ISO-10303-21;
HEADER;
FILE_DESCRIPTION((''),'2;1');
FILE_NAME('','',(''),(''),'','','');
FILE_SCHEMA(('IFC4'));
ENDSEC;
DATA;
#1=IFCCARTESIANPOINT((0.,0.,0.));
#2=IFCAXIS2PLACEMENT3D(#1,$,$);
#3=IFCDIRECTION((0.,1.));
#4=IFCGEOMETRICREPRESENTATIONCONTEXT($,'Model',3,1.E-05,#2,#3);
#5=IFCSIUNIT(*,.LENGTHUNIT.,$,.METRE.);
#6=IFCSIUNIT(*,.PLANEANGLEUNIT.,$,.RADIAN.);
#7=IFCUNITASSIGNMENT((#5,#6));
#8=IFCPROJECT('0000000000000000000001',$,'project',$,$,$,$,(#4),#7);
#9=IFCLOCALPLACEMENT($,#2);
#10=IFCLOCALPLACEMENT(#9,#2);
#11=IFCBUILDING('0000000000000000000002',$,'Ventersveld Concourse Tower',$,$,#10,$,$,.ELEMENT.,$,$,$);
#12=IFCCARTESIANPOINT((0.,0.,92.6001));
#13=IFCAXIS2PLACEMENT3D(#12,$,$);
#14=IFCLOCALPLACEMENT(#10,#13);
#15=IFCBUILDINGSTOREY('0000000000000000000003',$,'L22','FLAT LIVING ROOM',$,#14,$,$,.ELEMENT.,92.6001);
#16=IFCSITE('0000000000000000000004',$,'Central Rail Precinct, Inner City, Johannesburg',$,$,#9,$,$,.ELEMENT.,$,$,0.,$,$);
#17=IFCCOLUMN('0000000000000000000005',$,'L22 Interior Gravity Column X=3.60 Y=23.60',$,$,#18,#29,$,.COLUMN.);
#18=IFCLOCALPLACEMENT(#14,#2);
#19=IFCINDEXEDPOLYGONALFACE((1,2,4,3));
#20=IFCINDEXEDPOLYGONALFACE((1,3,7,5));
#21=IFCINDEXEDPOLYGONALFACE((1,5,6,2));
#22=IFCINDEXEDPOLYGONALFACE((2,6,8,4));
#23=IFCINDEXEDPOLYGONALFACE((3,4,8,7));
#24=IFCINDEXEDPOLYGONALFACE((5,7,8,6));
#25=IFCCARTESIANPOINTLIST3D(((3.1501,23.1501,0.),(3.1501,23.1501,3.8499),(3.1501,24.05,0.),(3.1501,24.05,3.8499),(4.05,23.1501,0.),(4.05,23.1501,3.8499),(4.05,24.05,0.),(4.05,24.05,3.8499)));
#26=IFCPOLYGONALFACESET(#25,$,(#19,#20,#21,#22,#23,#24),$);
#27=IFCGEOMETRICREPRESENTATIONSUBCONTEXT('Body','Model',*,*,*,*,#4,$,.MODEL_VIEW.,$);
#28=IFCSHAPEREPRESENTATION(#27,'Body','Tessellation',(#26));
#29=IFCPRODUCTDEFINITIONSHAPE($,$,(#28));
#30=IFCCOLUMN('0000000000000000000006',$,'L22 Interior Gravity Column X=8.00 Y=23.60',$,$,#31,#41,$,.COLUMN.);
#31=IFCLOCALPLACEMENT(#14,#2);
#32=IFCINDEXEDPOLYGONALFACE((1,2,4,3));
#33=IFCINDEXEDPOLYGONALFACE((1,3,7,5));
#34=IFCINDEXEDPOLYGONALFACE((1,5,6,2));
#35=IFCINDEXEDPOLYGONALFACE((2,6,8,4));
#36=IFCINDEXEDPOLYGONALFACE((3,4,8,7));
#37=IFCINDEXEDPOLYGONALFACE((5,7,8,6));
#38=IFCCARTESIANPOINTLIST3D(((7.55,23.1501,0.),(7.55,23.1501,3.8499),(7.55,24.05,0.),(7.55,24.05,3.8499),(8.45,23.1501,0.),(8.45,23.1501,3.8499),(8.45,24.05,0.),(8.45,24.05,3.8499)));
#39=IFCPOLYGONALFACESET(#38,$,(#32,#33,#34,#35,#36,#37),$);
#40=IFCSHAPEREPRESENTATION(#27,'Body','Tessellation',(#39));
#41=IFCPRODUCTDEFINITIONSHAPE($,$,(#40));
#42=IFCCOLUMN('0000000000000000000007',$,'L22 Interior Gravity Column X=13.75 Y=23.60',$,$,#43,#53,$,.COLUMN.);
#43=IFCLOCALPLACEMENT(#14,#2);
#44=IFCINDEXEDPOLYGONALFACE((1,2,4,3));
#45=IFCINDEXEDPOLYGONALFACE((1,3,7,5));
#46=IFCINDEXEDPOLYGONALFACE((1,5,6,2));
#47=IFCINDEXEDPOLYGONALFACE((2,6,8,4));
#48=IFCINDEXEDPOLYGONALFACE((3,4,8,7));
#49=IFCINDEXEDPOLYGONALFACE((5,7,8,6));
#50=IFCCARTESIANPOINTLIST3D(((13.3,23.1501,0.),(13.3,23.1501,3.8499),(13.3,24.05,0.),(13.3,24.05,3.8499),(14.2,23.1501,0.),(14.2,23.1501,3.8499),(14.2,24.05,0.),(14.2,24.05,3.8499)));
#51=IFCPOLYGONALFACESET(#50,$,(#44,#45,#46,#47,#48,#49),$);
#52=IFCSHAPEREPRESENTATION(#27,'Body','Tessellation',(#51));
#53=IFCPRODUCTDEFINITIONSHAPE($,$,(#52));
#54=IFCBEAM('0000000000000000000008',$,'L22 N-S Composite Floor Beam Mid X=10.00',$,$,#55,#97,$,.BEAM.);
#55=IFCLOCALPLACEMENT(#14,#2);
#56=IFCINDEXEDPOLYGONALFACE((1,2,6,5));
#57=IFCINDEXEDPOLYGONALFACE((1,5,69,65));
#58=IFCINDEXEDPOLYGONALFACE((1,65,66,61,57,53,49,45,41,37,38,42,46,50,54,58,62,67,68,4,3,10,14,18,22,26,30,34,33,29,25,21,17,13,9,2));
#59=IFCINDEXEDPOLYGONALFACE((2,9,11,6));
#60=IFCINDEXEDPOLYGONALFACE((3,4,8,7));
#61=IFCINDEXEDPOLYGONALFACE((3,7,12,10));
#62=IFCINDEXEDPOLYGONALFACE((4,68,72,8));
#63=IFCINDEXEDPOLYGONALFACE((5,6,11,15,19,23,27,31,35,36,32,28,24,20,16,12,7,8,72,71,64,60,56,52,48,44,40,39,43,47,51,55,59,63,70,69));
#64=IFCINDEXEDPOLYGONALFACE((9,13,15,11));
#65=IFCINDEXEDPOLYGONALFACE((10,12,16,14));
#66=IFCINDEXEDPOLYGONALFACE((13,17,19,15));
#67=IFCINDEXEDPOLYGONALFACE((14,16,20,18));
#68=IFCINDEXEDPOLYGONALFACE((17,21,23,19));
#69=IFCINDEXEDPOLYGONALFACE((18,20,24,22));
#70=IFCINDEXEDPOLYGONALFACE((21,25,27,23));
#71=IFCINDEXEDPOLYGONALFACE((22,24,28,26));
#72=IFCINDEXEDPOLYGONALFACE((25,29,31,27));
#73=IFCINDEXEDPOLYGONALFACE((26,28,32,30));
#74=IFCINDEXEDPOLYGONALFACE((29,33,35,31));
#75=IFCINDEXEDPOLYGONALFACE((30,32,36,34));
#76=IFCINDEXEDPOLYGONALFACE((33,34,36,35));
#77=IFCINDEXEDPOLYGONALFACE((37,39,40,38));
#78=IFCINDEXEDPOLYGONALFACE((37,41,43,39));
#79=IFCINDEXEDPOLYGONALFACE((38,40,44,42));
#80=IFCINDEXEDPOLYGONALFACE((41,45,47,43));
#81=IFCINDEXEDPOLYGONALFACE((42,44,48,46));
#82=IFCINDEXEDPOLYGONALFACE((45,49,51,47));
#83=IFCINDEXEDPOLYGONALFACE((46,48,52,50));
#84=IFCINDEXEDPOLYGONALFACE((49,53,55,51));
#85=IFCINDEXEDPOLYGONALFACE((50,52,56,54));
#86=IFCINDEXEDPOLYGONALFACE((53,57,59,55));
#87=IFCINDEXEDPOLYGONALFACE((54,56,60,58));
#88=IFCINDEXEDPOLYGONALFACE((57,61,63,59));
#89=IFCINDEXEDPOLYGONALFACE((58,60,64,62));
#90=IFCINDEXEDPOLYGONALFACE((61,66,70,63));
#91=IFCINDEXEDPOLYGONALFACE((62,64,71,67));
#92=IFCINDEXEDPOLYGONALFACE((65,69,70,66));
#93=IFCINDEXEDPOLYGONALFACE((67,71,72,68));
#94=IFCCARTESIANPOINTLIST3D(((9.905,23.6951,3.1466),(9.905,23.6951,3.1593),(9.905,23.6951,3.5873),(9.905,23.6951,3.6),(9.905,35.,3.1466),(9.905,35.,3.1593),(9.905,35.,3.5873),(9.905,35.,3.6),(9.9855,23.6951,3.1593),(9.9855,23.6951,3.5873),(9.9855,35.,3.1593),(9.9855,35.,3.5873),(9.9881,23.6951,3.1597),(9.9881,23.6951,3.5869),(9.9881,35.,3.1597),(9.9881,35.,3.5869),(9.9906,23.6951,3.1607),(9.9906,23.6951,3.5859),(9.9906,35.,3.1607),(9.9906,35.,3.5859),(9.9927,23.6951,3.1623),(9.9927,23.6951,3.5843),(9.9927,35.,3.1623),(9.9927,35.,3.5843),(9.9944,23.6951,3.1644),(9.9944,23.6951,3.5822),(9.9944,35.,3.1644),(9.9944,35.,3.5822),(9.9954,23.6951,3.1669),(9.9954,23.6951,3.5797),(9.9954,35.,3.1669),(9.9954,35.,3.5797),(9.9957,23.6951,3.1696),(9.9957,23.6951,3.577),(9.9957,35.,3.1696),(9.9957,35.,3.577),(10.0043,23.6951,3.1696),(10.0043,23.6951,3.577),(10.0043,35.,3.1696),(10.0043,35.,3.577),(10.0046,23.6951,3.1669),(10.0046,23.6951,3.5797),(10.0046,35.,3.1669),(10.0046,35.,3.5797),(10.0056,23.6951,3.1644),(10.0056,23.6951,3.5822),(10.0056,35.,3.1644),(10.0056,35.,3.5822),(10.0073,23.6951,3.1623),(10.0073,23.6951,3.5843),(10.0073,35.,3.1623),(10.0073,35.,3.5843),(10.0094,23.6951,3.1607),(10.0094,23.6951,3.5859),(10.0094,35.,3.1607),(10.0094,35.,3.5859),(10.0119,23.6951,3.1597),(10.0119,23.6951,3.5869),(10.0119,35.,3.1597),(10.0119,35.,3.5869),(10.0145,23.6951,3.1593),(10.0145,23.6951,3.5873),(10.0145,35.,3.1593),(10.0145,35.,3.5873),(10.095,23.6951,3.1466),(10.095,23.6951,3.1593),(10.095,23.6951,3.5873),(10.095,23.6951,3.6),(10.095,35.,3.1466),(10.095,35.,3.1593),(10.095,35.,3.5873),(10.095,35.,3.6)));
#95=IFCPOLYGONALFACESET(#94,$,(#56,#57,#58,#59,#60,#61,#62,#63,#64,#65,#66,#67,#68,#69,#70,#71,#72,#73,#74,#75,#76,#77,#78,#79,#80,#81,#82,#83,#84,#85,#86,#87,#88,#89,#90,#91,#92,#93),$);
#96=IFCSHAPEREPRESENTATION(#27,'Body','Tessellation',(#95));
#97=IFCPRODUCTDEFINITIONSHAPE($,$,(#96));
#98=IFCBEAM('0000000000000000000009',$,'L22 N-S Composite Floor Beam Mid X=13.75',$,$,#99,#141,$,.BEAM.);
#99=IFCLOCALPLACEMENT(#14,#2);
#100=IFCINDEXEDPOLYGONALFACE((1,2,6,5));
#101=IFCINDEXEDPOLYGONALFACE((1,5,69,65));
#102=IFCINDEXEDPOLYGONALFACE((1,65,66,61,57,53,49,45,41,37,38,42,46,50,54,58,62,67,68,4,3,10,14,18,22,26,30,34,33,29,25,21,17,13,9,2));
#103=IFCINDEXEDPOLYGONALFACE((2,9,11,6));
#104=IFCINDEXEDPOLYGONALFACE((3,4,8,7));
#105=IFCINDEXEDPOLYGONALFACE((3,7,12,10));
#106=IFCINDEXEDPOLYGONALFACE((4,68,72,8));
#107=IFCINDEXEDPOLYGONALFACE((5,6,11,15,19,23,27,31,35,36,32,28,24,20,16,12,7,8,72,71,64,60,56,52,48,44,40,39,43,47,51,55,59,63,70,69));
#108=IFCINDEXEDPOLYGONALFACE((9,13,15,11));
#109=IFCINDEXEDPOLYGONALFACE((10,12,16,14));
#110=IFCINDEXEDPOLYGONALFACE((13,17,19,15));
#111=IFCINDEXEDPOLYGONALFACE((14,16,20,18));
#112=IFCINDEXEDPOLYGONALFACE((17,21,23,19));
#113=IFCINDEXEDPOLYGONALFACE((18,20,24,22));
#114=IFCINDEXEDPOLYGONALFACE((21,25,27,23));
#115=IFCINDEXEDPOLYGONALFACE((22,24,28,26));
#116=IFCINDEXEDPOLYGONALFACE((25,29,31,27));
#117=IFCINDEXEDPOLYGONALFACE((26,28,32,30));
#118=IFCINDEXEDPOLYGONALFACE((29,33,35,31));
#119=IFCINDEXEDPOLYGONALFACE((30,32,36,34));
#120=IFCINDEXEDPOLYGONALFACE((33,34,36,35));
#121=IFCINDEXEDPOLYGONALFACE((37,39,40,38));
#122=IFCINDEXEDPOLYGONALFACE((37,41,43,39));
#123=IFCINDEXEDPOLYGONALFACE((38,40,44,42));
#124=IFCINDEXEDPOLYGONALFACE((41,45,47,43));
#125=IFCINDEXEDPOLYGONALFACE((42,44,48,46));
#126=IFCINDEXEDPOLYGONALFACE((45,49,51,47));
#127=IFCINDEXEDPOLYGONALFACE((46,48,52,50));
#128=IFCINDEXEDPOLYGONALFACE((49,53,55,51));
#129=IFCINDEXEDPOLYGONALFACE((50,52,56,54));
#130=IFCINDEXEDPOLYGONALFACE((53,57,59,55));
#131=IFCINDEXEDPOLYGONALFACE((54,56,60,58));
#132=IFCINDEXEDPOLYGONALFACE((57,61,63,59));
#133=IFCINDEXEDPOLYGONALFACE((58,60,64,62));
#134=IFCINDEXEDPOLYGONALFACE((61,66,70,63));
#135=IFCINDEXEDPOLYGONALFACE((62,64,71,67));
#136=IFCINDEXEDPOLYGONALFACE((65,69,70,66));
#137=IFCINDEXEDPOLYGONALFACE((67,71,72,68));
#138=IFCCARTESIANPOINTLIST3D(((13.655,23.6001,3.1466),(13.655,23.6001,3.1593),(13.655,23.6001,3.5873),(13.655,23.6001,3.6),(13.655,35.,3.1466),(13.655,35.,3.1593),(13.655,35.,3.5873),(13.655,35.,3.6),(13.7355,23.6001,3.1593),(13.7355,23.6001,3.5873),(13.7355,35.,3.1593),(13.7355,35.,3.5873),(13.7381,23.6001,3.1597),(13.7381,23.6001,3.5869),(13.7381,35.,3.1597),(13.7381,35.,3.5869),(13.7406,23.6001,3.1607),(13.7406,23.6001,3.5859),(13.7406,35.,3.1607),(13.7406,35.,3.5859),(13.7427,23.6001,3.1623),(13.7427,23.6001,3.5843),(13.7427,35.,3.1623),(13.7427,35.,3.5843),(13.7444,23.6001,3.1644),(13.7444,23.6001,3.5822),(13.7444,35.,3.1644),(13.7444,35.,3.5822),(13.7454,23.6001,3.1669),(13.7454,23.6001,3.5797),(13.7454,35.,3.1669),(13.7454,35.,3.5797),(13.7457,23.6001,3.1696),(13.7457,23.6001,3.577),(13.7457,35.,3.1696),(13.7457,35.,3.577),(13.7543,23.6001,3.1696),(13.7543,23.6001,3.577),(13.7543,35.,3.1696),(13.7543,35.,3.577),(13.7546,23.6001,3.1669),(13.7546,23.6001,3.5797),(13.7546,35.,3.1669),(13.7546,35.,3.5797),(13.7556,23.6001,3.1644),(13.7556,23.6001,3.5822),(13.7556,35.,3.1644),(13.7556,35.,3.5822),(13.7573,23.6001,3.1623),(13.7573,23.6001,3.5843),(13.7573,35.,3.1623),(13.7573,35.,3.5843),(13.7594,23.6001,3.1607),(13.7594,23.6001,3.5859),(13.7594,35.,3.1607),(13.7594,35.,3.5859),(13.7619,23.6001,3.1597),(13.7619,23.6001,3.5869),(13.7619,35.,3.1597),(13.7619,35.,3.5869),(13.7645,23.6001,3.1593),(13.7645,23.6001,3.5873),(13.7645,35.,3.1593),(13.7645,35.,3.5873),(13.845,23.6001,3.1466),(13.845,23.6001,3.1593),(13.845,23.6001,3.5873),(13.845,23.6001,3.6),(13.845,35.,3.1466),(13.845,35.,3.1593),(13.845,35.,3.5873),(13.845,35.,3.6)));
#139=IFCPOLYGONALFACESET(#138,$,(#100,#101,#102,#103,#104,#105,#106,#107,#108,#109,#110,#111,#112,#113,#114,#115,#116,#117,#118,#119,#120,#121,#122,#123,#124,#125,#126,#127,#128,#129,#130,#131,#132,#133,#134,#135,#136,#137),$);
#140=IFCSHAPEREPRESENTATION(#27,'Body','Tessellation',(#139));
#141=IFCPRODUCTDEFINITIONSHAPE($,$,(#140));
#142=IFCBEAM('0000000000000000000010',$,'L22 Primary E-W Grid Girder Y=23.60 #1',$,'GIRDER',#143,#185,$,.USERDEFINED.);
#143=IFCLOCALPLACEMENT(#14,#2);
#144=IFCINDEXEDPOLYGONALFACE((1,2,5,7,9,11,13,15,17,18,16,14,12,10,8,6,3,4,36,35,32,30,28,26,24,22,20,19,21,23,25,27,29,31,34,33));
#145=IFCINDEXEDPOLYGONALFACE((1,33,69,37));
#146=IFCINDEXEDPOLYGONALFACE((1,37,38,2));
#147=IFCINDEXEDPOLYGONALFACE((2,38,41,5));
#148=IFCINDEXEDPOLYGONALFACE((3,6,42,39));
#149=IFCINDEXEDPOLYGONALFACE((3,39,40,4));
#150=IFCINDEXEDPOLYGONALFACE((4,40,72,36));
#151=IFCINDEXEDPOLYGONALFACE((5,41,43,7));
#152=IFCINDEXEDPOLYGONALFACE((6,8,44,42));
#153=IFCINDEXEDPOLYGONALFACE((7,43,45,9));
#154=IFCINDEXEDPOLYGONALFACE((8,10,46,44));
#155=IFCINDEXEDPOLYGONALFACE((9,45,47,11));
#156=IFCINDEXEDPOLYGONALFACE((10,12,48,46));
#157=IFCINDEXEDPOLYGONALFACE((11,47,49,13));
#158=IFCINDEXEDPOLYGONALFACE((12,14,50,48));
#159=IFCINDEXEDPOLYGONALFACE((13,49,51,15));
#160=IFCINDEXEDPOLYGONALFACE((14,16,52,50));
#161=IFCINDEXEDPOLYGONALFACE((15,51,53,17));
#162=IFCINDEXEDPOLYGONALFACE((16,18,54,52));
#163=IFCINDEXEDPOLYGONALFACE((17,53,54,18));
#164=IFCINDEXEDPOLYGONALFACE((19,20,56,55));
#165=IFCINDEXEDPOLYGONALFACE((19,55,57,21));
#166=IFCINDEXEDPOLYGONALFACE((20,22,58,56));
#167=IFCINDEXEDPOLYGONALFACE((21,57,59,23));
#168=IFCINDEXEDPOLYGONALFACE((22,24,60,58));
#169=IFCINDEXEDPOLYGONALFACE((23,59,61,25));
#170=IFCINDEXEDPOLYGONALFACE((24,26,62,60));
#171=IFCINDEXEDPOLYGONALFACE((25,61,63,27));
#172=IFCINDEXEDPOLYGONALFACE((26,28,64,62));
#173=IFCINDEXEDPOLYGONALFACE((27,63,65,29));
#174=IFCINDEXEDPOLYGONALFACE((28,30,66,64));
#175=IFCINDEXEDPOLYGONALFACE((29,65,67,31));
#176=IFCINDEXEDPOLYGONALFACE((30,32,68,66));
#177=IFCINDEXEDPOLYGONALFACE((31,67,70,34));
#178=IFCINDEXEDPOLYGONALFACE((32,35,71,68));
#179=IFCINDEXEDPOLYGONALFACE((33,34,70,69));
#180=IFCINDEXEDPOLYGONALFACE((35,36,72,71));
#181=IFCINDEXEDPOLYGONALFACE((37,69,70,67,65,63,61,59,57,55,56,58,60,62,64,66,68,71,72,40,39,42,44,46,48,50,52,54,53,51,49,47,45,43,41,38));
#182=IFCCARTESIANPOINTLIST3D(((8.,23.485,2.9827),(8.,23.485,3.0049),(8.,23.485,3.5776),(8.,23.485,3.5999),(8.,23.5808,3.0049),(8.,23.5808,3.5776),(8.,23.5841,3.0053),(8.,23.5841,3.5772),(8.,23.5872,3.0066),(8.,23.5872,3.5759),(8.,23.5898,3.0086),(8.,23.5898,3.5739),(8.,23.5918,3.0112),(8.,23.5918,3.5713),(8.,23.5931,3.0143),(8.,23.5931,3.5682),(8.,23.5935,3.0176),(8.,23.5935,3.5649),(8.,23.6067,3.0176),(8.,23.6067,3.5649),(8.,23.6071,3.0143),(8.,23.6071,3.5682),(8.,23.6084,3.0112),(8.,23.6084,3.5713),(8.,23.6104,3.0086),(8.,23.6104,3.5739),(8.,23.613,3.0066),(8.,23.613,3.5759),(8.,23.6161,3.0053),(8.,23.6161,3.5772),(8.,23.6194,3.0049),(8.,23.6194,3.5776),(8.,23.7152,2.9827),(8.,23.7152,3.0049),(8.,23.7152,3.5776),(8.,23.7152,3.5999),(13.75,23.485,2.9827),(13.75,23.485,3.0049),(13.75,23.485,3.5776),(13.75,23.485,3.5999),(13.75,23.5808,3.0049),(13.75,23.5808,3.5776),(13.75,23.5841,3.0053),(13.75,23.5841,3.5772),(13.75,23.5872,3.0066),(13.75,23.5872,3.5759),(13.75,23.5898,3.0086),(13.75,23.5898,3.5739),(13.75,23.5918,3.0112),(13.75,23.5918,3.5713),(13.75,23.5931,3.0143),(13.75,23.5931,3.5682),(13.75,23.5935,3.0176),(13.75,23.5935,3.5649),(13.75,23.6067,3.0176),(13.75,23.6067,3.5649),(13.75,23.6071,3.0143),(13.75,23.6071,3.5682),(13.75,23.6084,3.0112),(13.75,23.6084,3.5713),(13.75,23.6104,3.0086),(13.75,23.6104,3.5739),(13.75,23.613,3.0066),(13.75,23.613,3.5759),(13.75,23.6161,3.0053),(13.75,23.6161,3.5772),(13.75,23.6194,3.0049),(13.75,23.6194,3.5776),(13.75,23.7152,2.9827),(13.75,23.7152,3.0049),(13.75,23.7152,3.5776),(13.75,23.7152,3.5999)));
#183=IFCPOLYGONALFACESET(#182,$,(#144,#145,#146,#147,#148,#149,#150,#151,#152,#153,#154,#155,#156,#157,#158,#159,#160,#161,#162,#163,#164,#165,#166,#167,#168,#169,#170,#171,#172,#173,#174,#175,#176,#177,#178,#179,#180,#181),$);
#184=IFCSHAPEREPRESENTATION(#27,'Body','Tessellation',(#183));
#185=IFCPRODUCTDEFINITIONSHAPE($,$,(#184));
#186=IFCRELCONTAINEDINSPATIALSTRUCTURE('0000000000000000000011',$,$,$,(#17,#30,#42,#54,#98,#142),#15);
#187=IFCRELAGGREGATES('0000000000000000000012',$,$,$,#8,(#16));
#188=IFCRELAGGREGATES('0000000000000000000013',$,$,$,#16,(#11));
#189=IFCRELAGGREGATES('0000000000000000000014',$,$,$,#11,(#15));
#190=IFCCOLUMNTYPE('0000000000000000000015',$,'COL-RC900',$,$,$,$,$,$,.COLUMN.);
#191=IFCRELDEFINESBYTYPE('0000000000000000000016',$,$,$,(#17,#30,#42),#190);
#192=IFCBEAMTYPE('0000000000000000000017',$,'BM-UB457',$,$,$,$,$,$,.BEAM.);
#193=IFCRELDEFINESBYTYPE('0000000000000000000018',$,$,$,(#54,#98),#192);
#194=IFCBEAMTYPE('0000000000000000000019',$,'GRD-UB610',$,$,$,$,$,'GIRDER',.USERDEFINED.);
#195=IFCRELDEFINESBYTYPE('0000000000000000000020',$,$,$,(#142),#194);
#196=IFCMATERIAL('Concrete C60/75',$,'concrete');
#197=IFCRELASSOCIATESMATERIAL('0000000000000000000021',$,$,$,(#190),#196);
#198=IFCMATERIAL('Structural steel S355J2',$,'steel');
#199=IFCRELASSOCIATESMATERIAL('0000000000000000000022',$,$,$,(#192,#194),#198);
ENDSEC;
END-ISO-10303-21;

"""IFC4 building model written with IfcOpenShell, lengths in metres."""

from ifc_helpers import new_model, si_unit, direction, frame, origin, origin_2d, place, context, subcontext, project, spatial, rectangle, i_section, extrude, material, material_profile, profile_set, type_object, element, save


model = new_model("IFC4")

# Units and contexts
model_context = context("Model", 3, precision=1e-05, world=origin(), true_north=direction((0.0, 1.0)))
body_context = subcontext(model_context, "Body", "Model", "MODEL_VIEW")
ifc_project = project(units=[si_unit("LENGTHUNIT", "METRE"), si_unit("PLANEANGLEUNIT", "RADIAN")], contexts=[model_context])

# Site, building, storey
site_placement = place(None, origin())
site = spatial("IfcSite", under=ifc_project, at=site_placement, Name="Central Rail Precinct, Inner City, Johannesburg", CompositionType="ELEMENT", RefElevation=0.0)
building_placement = place(site_placement, origin())
building = spatial("IfcBuilding", under=site, at=building_placement, Name="Ventersveld Concourse Tower", CompositionType="ELEMENT")
storey_placement = place(building_placement, frame((0.0, 0.0, 92.6001)))
storey = spatial("IfcBuildingStorey", under=building, at=storey_placement, Name="L22", Description="FLAT LIVING ROOM", CompositionType="ELEMENT", Elevation=92.6001)

# Columns
ifc_material_1 = material(Name="Concrete C60/75", Category="concrete")
ifc_material_profile_1 = material_profile(ifc_material_1, rectangle(XDim=0.8999, YDim=0.8999, at=origin_2d()), Name="RC 900x900")
ifc_profile_set_1 = profile_set([ifc_material_profile_1], Name="Concrete C60/75")
column_type = type_object("IfcColumnType", Name="COL-RC900", PredefinedType="COLUMN", material=ifc_profile_set_1)
for number, where, z_axis, x_axis, name in (
    (1, (3.6001, 23.6001, 0.0), (0.0, 0.0, 1.0), (1.0, 0.0, 0.0), "L22 Interior Gravity Column X=3.60 Y=23.60"),
    (2, (8.0, 23.6001, 0.0), (0.0, 0.0, 1.0), (1.0, 0.0, 0.0), "L22 Interior Gravity Column X=8.00 Y=23.60"),
    (3, (13.75, 23.6001, 0.0), (0.0, 0.0, 1.0), (1.0, 0.0, 0.0), "L22 Interior Gravity Column X=13.75 Y=23.60"),
):
    element("IfcColumn", number, at=place(storey_placement, frame(where, z_axis=z_axis, x_axis=x_axis)), inside=storey, type_object=column_type, Name=name, PredefinedType="COLUMN", context=body_context, shape_type="SweptSolid", body=[
        extrude(rectangle(XDim=0.8999, YDim=0.8999, at=origin_2d()), origin(), (0.0, 0.0, 1.0), 3.8499),
    ])

# Beams
ifc_material_2 = material(Name="Structural steel S355J2", Category="steel")
ifc_material_profile_2 = material_profile(ifc_material_2, i_section(OverallWidth=0.1899, OverallDepth=0.4534, WebThickness=0.0085, FlangeThickness=0.0127, FilletRadius=0.0103, at=origin_2d()), Name="UB 457x191x67")
ifc_profile_set_2 = profile_set([ifc_material_profile_2], Name="Structural steel S355J2")
beam_type_1 = type_object("IfcBeamType", Name="BM-UB457", PredefinedType="BEAM", material=ifc_profile_set_2)
beam_1_placement = place(storey_placement, frame((10.0, 23.6951, 3.3733), z_axis=(0.0, 1.0, 0.0), x_axis=(-1.0, 0.0, 0.0)))
element("IfcBeam", 4, at=beam_1_placement, inside=storey, type_object=beam_type_1, Name="L22 N-S Composite Floor Beam Mid X=10.00", PredefinedType="BEAM", context=body_context, shape_type="SweptSolid", body=[
    extrude(i_section(OverallWidth=0.1899, OverallDepth=0.4534, WebThickness=0.0085, FlangeThickness=0.0127, FilletRadius=0.0103, at=origin_2d()), origin(), (0.0, 0.0, 1.0), 11.3049),
])
beam_2_placement = place(storey_placement, frame((13.75, 23.6001, 3.3733), z_axis=(0.0, 1.0, 0.0), x_axis=(-1.0, 0.0, 0.0)))
element("IfcBeam", 5, at=beam_2_placement, inside=storey, type_object=beam_type_1, Name="L22 N-S Composite Floor Beam Mid X=13.75", PredefinedType="BEAM", context=body_context, shape_type="SweptSolid", body=[
    extrude(i_section(OverallWidth=0.1899, OverallDepth=0.4534, WebThickness=0.0085, FlangeThickness=0.0127, FilletRadius=0.0103, at=origin_2d()), origin(), (0.0, 0.0, 1.0), 11.3999),
])
ifc_material_profile_3 = material_profile(ifc_material_2, i_section(OverallWidth=0.2302, OverallDepth=0.6172, WebThickness=0.0132, FlangeThickness=0.0222, FilletRadius=0.0127, at=origin_2d()), Name="UB 610x229x140")
ifc_profile_set_3 = profile_set([ifc_material_profile_3], Name="Structural steel S355J2")
beam_type_2 = type_object("IfcBeamType", Name="GRD-UB610", ElementType="GIRDER", PredefinedType="USERDEFINED", material=ifc_profile_set_3)
beam_3_placement = place(storey_placement, frame((8.0, 23.6001, 3.2913), z_axis=(1.0, 0.0, 0.0), x_axis=(0.0, 1.0, 0.0)))
element("IfcBeam", 6, at=beam_3_placement, inside=storey, type_object=beam_type_2, Name="L22 Primary E-W Grid Girder Y=23.60 #1", ObjectType="GIRDER", PredefinedType="USERDEFINED", context=body_context, shape_type="SweptSolid", body=[
    extrude(i_section(OverallWidth=0.2302, OverallDepth=0.6172, WebThickness=0.0132, FlangeThickness=0.0222, FilletRadius=0.0127, at=origin_2d()), origin(), (0.0, 0.0, 1.0), 5.75),
])

save(model, "model.ifc")
